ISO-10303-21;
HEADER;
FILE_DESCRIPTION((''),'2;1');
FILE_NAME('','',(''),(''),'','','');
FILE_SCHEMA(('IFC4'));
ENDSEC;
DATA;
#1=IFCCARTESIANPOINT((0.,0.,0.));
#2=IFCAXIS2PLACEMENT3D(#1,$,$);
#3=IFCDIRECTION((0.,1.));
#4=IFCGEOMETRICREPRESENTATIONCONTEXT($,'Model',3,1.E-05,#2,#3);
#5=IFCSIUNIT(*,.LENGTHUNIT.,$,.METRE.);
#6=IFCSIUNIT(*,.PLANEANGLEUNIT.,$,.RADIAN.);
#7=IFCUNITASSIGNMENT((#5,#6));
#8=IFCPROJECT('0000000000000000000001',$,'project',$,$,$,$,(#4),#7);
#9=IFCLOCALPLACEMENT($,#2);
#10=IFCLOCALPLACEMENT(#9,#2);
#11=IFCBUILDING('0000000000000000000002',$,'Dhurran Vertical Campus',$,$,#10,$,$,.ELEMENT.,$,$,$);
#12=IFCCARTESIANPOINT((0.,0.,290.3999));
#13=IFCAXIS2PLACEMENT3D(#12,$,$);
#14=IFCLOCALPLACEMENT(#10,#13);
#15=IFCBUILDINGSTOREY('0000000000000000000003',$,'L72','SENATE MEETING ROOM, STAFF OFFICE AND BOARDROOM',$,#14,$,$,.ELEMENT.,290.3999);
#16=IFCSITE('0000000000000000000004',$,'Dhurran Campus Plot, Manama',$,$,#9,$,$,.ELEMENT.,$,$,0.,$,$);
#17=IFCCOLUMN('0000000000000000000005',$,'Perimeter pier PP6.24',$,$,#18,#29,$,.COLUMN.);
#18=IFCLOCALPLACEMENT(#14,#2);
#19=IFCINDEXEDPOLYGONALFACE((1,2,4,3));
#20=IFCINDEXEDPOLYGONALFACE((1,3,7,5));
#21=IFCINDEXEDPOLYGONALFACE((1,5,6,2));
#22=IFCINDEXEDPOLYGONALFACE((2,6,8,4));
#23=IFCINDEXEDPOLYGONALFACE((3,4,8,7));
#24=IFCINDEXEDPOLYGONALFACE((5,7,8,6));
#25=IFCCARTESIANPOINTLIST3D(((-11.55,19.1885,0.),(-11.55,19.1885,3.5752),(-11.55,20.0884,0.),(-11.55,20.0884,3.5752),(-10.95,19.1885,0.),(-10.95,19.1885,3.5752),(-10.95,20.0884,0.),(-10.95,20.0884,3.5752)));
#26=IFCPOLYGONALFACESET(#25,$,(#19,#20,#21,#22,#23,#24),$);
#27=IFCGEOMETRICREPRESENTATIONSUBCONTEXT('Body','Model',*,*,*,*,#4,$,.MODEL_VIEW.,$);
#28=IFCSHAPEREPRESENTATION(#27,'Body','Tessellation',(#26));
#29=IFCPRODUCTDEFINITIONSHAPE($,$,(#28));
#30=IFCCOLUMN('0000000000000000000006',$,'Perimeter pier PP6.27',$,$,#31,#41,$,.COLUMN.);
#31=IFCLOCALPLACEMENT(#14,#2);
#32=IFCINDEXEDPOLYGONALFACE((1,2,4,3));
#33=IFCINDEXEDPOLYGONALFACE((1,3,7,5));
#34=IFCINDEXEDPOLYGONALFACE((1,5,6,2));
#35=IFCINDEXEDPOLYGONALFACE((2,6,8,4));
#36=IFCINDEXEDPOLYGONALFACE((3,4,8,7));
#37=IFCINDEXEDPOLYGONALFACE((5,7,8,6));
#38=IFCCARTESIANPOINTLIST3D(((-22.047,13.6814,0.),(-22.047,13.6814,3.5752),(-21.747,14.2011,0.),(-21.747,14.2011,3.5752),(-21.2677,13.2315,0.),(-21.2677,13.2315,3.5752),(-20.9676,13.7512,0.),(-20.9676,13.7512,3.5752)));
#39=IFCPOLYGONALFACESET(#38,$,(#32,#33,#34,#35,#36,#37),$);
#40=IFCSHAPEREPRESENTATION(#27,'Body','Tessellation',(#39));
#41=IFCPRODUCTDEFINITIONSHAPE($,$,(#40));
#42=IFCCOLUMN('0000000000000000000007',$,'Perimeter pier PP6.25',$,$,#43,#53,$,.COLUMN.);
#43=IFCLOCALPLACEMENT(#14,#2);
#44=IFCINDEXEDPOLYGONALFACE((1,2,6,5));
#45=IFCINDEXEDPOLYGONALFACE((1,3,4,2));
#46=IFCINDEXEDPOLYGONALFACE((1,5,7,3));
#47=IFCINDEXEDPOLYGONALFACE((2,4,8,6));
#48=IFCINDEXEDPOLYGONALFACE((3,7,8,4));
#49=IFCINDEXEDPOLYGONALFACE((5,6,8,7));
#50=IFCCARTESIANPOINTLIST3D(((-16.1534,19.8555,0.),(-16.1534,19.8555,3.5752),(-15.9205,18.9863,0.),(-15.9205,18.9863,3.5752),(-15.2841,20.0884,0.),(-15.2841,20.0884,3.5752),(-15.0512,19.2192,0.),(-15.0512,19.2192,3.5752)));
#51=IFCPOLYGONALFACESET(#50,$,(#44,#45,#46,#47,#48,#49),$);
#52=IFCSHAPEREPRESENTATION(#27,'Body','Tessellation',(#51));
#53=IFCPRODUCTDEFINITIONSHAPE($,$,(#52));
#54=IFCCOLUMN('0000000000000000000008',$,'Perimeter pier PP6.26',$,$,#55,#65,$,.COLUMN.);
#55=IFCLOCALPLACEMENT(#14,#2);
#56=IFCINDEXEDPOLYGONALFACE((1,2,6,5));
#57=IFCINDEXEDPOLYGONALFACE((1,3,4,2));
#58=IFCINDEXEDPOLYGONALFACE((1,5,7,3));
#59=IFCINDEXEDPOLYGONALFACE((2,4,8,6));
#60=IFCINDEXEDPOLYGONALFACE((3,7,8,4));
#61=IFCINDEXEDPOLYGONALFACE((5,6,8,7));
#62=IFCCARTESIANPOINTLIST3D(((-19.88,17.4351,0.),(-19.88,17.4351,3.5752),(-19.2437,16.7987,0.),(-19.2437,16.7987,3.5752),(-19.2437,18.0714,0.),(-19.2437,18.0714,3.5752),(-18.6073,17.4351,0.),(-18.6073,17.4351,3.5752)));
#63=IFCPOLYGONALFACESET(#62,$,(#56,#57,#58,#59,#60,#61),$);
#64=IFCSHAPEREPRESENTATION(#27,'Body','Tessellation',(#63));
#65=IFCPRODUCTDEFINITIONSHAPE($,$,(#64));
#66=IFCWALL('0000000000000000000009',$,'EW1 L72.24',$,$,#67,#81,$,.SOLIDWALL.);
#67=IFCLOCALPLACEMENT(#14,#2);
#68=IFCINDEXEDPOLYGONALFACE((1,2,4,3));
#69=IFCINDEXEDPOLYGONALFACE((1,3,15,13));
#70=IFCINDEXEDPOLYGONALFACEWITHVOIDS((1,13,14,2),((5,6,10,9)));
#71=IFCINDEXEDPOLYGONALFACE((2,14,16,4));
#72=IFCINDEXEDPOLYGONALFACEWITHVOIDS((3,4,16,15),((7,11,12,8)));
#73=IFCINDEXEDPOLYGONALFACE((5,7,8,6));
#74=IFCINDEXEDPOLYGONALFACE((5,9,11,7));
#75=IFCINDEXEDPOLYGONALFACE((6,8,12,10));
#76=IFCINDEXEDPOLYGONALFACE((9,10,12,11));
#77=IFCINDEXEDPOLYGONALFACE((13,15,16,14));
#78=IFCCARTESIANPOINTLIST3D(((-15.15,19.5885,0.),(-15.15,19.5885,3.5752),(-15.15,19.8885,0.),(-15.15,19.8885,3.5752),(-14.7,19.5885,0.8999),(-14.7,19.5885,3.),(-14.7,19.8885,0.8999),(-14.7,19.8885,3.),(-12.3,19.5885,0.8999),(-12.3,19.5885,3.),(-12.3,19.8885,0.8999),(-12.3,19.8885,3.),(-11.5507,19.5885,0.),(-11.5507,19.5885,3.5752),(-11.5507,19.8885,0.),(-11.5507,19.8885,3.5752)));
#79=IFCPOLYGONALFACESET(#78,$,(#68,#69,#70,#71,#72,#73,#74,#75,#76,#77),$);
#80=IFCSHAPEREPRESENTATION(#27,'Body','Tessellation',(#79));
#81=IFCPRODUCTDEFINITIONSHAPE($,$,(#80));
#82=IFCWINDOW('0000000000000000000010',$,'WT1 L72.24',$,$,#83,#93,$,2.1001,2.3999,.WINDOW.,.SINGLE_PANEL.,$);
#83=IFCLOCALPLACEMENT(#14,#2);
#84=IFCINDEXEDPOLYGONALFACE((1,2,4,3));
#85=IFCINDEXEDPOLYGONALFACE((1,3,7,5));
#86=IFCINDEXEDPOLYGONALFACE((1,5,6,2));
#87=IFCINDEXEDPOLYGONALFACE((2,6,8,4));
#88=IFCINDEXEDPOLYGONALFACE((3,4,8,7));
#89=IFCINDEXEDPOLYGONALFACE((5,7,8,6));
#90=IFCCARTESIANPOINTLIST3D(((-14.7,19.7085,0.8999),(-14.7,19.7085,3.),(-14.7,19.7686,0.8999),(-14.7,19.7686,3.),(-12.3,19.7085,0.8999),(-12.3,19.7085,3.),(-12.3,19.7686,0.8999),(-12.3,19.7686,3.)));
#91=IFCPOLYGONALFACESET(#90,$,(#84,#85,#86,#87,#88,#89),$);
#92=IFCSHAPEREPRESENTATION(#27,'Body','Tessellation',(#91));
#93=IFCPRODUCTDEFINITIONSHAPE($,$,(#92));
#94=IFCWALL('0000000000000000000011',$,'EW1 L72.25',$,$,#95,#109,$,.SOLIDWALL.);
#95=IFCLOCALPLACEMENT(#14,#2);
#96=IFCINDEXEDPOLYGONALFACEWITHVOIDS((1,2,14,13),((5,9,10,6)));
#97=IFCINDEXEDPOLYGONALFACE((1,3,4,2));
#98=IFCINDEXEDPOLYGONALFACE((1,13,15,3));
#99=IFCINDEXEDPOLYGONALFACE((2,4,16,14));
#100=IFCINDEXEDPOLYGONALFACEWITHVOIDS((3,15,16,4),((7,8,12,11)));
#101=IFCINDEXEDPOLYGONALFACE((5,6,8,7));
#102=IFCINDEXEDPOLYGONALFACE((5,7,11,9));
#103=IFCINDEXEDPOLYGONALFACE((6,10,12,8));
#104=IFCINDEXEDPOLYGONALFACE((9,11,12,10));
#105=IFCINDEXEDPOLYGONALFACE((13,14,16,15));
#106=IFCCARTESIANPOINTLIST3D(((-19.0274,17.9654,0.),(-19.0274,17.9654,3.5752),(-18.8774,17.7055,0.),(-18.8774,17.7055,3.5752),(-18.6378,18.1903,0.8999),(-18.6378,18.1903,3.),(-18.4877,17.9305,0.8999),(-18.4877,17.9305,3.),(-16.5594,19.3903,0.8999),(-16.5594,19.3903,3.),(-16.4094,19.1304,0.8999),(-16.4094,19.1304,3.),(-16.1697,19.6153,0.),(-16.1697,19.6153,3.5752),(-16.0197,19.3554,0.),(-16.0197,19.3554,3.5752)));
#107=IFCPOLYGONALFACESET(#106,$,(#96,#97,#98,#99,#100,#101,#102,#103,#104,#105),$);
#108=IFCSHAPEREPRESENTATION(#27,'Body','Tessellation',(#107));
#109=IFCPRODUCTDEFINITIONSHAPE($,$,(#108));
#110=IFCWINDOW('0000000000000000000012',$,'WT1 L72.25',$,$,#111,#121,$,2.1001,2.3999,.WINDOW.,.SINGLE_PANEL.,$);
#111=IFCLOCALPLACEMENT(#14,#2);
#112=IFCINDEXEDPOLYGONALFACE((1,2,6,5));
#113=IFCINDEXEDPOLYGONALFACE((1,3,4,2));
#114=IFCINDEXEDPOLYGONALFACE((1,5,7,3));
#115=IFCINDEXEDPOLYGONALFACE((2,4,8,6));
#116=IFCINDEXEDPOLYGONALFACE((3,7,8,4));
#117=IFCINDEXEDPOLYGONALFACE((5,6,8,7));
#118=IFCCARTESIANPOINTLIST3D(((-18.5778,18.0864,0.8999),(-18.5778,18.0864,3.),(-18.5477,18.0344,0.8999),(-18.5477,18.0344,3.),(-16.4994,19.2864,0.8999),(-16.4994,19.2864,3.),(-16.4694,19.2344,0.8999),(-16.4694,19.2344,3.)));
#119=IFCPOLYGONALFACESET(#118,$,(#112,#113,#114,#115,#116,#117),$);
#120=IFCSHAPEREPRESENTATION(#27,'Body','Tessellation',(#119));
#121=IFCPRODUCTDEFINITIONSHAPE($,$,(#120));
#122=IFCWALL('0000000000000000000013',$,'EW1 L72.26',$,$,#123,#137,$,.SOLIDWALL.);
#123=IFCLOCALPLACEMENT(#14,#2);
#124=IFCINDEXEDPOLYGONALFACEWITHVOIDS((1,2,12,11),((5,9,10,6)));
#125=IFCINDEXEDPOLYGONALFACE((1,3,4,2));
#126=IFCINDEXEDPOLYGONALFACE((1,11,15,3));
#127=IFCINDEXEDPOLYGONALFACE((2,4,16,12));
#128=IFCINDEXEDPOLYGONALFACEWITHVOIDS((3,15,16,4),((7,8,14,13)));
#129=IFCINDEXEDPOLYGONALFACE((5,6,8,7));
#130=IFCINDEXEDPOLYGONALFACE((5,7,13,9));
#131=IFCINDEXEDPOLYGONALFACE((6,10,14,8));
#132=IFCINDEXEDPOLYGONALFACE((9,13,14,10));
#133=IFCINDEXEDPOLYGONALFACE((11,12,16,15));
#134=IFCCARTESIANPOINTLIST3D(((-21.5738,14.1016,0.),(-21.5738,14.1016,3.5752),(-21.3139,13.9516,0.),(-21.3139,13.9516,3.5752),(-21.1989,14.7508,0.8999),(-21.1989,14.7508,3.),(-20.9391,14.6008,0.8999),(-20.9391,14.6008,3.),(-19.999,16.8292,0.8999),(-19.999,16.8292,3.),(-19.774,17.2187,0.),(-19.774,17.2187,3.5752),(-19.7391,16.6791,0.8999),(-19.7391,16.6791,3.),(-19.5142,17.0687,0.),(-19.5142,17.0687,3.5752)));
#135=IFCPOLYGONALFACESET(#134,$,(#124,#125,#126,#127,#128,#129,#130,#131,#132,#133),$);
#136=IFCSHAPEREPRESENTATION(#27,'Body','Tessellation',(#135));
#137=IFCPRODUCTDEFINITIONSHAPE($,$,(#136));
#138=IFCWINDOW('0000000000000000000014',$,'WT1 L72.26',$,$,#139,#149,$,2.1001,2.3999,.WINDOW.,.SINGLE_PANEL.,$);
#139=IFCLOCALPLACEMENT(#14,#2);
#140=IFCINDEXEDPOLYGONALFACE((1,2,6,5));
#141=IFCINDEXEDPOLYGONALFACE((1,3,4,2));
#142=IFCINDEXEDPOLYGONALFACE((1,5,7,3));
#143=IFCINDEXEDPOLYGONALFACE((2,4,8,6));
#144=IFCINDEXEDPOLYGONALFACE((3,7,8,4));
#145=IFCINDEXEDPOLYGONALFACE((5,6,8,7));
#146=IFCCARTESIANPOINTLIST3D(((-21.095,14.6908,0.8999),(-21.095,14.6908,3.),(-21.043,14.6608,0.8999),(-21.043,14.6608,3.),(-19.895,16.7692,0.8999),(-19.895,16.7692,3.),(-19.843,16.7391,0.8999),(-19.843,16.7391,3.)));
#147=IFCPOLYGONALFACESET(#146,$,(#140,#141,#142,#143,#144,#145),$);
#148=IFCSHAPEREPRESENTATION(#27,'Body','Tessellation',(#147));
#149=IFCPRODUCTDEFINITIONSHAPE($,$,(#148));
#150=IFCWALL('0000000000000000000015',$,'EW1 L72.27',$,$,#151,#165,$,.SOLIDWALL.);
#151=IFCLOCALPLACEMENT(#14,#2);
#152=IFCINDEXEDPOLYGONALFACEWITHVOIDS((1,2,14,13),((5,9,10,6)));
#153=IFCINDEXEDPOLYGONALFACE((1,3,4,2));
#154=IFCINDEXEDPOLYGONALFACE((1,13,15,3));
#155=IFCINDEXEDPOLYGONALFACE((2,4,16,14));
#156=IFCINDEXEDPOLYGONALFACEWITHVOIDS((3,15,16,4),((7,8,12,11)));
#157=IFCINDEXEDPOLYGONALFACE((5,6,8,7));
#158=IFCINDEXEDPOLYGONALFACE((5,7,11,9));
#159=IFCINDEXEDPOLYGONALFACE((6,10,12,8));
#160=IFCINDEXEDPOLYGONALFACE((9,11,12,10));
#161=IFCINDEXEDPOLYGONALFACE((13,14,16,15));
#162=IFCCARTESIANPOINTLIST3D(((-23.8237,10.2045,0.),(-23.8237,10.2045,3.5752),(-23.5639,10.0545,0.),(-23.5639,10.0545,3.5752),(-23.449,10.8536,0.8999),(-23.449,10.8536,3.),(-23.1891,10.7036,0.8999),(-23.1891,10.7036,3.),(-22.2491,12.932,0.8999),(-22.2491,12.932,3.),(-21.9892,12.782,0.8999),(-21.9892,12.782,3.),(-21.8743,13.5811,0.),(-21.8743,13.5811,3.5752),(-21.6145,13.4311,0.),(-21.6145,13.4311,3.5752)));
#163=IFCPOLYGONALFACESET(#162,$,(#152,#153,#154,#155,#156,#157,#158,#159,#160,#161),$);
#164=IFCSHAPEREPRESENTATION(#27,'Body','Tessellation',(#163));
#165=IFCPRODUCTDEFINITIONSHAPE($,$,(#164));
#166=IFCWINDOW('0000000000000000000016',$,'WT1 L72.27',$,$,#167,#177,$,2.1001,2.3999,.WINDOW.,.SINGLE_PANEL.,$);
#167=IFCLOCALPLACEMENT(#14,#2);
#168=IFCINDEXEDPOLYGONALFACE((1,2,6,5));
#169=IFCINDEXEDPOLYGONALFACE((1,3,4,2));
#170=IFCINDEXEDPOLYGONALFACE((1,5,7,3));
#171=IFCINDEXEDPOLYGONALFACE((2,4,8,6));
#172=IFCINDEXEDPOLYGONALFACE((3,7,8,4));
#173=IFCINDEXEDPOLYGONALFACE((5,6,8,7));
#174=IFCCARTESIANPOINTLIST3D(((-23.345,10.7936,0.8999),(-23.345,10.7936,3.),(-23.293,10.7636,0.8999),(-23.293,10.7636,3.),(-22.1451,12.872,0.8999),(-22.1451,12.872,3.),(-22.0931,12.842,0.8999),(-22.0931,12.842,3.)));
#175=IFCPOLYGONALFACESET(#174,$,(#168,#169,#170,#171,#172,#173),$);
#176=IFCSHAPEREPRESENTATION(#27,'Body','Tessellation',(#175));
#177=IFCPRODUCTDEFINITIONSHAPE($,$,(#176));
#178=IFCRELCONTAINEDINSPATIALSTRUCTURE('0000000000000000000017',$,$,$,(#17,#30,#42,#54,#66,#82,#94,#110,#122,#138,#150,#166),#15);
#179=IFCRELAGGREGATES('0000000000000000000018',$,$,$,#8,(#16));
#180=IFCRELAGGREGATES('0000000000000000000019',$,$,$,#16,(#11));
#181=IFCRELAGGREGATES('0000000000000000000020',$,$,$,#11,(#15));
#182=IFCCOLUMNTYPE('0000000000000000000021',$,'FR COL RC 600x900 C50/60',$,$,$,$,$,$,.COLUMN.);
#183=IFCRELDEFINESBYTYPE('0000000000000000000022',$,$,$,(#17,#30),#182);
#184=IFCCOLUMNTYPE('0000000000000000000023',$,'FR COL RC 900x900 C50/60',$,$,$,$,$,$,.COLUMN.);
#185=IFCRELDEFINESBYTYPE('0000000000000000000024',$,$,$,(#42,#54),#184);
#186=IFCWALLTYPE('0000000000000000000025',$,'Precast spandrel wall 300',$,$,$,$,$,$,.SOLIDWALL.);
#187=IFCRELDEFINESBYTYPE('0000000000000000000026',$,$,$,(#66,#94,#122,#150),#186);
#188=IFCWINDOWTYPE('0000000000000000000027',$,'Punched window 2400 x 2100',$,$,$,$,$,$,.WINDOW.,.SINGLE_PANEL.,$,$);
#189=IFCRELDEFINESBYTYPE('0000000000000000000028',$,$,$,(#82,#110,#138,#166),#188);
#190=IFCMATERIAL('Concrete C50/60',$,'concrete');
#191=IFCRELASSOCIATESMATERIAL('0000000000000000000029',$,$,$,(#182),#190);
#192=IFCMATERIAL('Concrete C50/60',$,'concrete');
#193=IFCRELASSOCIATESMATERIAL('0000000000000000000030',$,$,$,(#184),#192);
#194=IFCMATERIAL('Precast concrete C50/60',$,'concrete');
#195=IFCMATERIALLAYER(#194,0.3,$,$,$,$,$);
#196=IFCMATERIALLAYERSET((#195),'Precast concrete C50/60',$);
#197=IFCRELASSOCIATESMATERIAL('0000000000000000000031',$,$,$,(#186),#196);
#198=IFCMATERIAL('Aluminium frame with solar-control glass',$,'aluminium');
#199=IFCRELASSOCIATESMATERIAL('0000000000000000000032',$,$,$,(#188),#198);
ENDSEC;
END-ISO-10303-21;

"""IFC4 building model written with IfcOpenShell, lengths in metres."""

from ifc_helpers import new_model, si_unit, direction, frame, frame_2d, origin, origin_2d, place, context, subcontext, project, spatial, rectangle, extrude, material, layer, layer_set, material_profile, profile_set, type_object, element, fill, save


model = new_model("IFC4")

# Units and contexts
model_context = context("Model", 3, precision=1e-05, world=origin(), true_north=direction((0.0, 1.0)))
body_context = subcontext(model_context, "Body", "Model", "MODEL_VIEW")
ifc_project = project(units=[si_unit("LENGTHUNIT", "METRE"), si_unit("PLANEANGLEUNIT", "RADIAN")], contexts=[model_context])

# Site, building, storey
site_placement = place(None, origin())
site = spatial("IfcSite", under=ifc_project, at=site_placement, Name="Dhurran Campus Plot, Manama", CompositionType="ELEMENT", RefElevation=0.0)
building_placement = place(site_placement, origin())
building = spatial("IfcBuilding", under=site, at=building_placement, Name="Dhurran Vertical Campus", CompositionType="ELEMENT")
storey_placement = place(building_placement, frame((0.0, 0.0, 290.3999)))
storey = spatial("IfcBuildingStorey", under=building, at=storey_placement, Name="L72", Description="SENATE MEETING ROOM, STAFF OFFICE AND BOARDROOM", CompositionType="ELEMENT", Elevation=290.3999)

# Columns
ifc_material_1 = material(Name="Concrete C50/60", Category="concrete")
ifc_material_profile_1 = material_profile(ifc_material_1, rectangle(XDim=0.6001, YDim=0.8999, at=origin_2d()), Name="RC 600x900")
ifc_profile_set_1 = profile_set([ifc_material_profile_1], Name="Concrete C50/60")
column_type_1 = type_object("IfcColumnType", Name="FR COL RC 600x900 C50/60", PredefinedType="COLUMN", material=ifc_profile_set_1)
for number, where, z_axis, x_axis, name in (
    (1, (-11.25, 19.6384, 0.0), (0.0, 0.0, 1.0), (-1.0, 0.0, 0.0), "Perimeter pier PP6.24"),
    (2, (-21.5073, 13.7163, 0.0), (0.0, 0.0, 1.0), (-0.5, -0.866025, 0.0), "Perimeter pier PP6.27"),
):
    element("IfcColumn", number, at=place(storey_placement, frame(where, z_axis=z_axis, x_axis=x_axis)), inside=storey, type_object=column_type_1, Name=name, PredefinedType="COLUMN", context=body_context, shape_type="SweptSolid", body=[
        extrude(rectangle(XDim=0.6001, YDim=0.8999, at=origin_2d()), origin(), (0.0, 0.0, 1.0), 3.5752),
    ])
ifc_material_2 = material(Name="Concrete C50/60", Category="concrete")
ifc_material_profile_2 = material_profile(ifc_material_2, rectangle(XDim=0.8999, YDim=0.8999, at=origin_2d()), Name="RC 900x900")
ifc_profile_set_2 = profile_set([ifc_material_profile_2], Name="Concrete C50/60")
column_type_2 = type_object("IfcColumnType", Name="FR COL RC 900x900 C50/60", PredefinedType="COLUMN", material=ifc_profile_set_2)
for number, where, z_axis, x_axis, name in (
    (3, (-15.6023, 19.5374, 0.0), (0.0, 0.0, 1.0), (-0.965926, -0.258819, 0.0), "Perimeter pier PP6.25"),
    (4, (-19.2437, 17.4351, 0.0), (0.0, 0.0, 1.0), (-0.707107, -0.707107, 0.0), "Perimeter pier PP6.26"),
):
    element("IfcColumn", number, at=place(storey_placement, frame(where, z_axis=z_axis, x_axis=x_axis)), inside=storey, type_object=column_type_2, Name=name, PredefinedType="COLUMN", context=body_context, shape_type="SweptSolid", body=[
        extrude(rectangle(XDim=0.8999, YDim=0.8999, at=origin_2d()), origin(), (0.0, 0.0, 1.0), 3.5752),
    ])

# Walls, openings, windows
ifc_material_3 = material(Name="Precast concrete C50/60", Category="concrete")
ifc_layer_1 = layer(ifc_material_3, 0.3)
ifc_layer_set_1 = layer_set([ifc_layer_1], Name="Precast concrete C50/60")
wall_type_1 = type_object("IfcWallType", Name="Precast spandrel wall 300", PredefinedType="SOLIDWALL", material=ifc_layer_set_1)
wall_1_placement = place(storey_placement, frame((-11.5505, 19.7385, 0.0), z_axis=(0.0, 0.0, 1.0), x_axis=(-1.0, 0.0, 0.0)))
wall_1 = element("IfcWall", 5, at=wall_1_placement, inside=storey, type_object=wall_type_1, Name="EW1 L72.24", PredefinedType="SOLIDWALL", context=body_context, shape_type="SweptSolid", body=[
    extrude(rectangle(XDim=3.5994, YDim=0.3, at=frame_2d((1.7998, 0.0))), origin(), (0.0, 0.0, 1.0), 3.5752),
])
opening_1_placement = place(wall_1_placement, frame((0.7495, 0.0, 0.8999)))
opening_1 = element("IfcOpeningElement", 6, at=opening_1_placement, cuts=wall_1, PredefinedType="OPENING", context=body_context, shape_type="SweptSolid", body=[
    extrude(rectangle(XDim=2.3999, YDim=2.1001, at=frame_2d((1.2, 1.05))), frame((0.0, 0.1599, 0.0), z_axis=(0.0, -1.0, 0.0), x_axis=(1.0, 0.0, 0.0)), (0.0, 0.0, 1.0), 0.3201),
])
ifc_material_4 = material(Name="Aluminium frame with solar-control glass", Category="aluminium")
window_type = type_object("IfcWindowType", Name="Punched window 2400 x 2100", PartitioningType="SINGLE_PANEL", PredefinedType="WINDOW", material=ifc_material_4)
window_1_placement = place(opening_1_placement, origin())
window_1 = element("IfcWindow", 7, at=window_1_placement, inside=storey, type_object=window_type, Name="WT1 L72.24", OverallHeight=2.1001, OverallWidth=2.3999, PartitioningType="SINGLE_PANEL", PredefinedType="WINDOW", context=body_context, shape_type="SweptSolid", body=[
    extrude(rectangle(XDim=2.3999, YDim=2.1001, at=frame_2d((1.2, 1.05))), frame((0.0, 0.03, 0.0), z_axis=(0.0, -1.0, 0.0), x_axis=(1.0, 0.0, 0.0)), (0.0, 0.0, 1.0), 0.0601),
])
fill(opening_1, window_1)
wall_2_placement = place(storey_placement, frame((-16.0947, 19.4854, 0.0), z_axis=(0.0, 0.0, 1.0), x_axis=(-0.866022, -0.500006, 0.0)))
wall_2 = element("IfcWall", 8, at=wall_2_placement, inside=storey, type_object=wall_type_1, Name="EW1 L72.25", PredefinedType="SOLIDWALL", context=body_context, shape_type="SweptSolid", body=[
    extrude(rectangle(XDim=3.2998, YDim=0.3, at=frame_2d((1.6499, 0.0))), origin(), (0.0, 0.0, 1.0), 3.5752),
])
opening_2_placement = place(wall_2_placement, frame((0.45, 0.0, 0.8999)))
opening_2 = element("IfcOpeningElement", 9, at=opening_2_placement, cuts=wall_2, PredefinedType="OPENING", context=body_context, shape_type="SweptSolid", body=[
    extrude(rectangle(XDim=2.3999, YDim=2.1001, at=frame_2d((1.2, 1.05))), frame((0.0, 0.1599, 0.0), z_axis=(0.0, -1.0, 0.0), x_axis=(1.0, 0.0, 0.0)), (0.0, 0.0, 1.0), 0.3201),
])
window_2_placement = place(opening_2_placement, origin())
window_2 = element("IfcWindow", 10, at=window_2_placement, inside=storey, type_object=window_type, Name="WT1 L72.25", OverallHeight=2.1001, OverallWidth=2.3999, PartitioningType="SINGLE_PANEL", PredefinedType="WINDOW", context=body_context, shape_type="SweptSolid", body=[
    extrude(rectangle(XDim=2.3999, YDim=2.1001, at=frame_2d((1.2, 1.05))), frame((0.0, 0.03, 0.0), z_axis=(0.0, -1.0, 0.0), x_axis=(1.0, 0.0, 0.0)), (0.0, 0.0, 1.0), 0.0601),
])
fill(opening_2, window_2)
wall_3_placement = place(storey_placement, frame((-19.644, 17.1438, 0.0), z_axis=(0.0, 0.0, 1.0), x_axis=(-0.50002, -0.866014, 0.0)))
wall_3 = element("IfcWall", 11, at=wall_3_placement, inside=storey, type_object=wall_type_1, Name="EW1 L72.26", PredefinedType="SOLIDWALL", context=body_context, shape_type="SweptSolid", body=[
    extrude(rectangle(XDim=3.5994, YDim=0.3, at=frame_2d((1.7998, 0.0))), origin(), (0.0, 0.0, 1.0), 3.5752),
])
opening_3_placement = place(wall_3_placement, frame((0.45, 0.0, 0.8999)))
opening_3 = element("IfcOpeningElement", 12, at=opening_3_placement, cuts=wall_3, PredefinedType="OPENING", context=body_context, shape_type="SweptSolid", body=[
    extrude(rectangle(XDim=2.3999, YDim=2.1001, at=frame_2d((1.2, 1.05))), frame((0.0, 0.1599, 0.0), z_axis=(0.0, -1.0, 0.0), x_axis=(1.0, 0.0, 0.0)), (0.0, 0.0, 1.0), 0.3201),
])
window_3_placement = place(opening_3_placement, origin())
window_3 = element("IfcWindow", 13, at=window_3_placement, inside=storey, type_object=window_type, Name="WT1 L72.26", OverallHeight=2.1001, OverallWidth=2.3999, PartitioningType="SINGLE_PANEL", PredefinedType="WINDOW", context=body_context, shape_type="SweptSolid", body=[
    extrude(rectangle(XDim=2.3999, YDim=2.1001, at=frame_2d((1.2, 1.05))), frame((0.0, 0.03, 0.0), z_axis=(0.0, -1.0, 0.0), x_axis=(1.0, 0.0, 0.0)), (0.0, 0.0, 1.0), 0.0601),
])
fill(opening_3, window_3)
wall_4_placement = place(storey_placement, frame((-21.7444, 13.5061, 0.0), z_axis=(0.0, 0.0, 1.0), x_axis=(-0.499984, -0.866034, 0.0)))
wall_4 = element("IfcWall", 14, at=wall_4_placement, inside=storey, type_object=wall_type_1, Name="EW1 L72.27", PredefinedType="SOLIDWALL", context=body_context, shape_type="SweptSolid", body=[
    extrude(rectangle(XDim=3.8989, YDim=0.3, at=frame_2d((1.9495, 0.0))), origin(), (0.0, 0.0, 1.0), 3.5752),
])
opening_4_placement = place(wall_4_placement, frame((0.7495, 0.0, 0.8999)))
opening_4 = element("IfcOpeningElement", 15, at=opening_4_placement, cuts=wall_4, PredefinedType="OPENING", context=body_context, shape_type="SweptSolid", body=[
    extrude(rectangle(XDim=2.3999, YDim=2.1001, at=frame_2d((1.2, 1.05))), frame((0.0, 0.1599, 0.0), z_axis=(0.0, -1.0, 0.0), x_axis=(1.0, 0.0, 0.0)), (0.0, 0.0, 1.0), 0.3201),
])
window_4_placement = place(opening_4_placement, origin())
window_4 = element("IfcWindow", 16, at=window_4_placement, inside=storey, type_object=window_type, Name="WT1 L72.27", OverallHeight=2.1001, OverallWidth=2.3999, PartitioningType="SINGLE_PANEL", PredefinedType="WINDOW", context=body_context, shape_type="SweptSolid", body=[
    extrude(rectangle(XDim=2.3999, YDim=2.1001, at=frame_2d((1.2, 1.05))), frame((0.0, 0.03, 0.0), z_axis=(0.0, -1.0, 0.0), x_axis=(1.0, 0.0, 0.0)), (0.0, 0.0, 1.0), 0.0601),
])
fill(opening_4, window_4)

save(model, "model.ifc")
